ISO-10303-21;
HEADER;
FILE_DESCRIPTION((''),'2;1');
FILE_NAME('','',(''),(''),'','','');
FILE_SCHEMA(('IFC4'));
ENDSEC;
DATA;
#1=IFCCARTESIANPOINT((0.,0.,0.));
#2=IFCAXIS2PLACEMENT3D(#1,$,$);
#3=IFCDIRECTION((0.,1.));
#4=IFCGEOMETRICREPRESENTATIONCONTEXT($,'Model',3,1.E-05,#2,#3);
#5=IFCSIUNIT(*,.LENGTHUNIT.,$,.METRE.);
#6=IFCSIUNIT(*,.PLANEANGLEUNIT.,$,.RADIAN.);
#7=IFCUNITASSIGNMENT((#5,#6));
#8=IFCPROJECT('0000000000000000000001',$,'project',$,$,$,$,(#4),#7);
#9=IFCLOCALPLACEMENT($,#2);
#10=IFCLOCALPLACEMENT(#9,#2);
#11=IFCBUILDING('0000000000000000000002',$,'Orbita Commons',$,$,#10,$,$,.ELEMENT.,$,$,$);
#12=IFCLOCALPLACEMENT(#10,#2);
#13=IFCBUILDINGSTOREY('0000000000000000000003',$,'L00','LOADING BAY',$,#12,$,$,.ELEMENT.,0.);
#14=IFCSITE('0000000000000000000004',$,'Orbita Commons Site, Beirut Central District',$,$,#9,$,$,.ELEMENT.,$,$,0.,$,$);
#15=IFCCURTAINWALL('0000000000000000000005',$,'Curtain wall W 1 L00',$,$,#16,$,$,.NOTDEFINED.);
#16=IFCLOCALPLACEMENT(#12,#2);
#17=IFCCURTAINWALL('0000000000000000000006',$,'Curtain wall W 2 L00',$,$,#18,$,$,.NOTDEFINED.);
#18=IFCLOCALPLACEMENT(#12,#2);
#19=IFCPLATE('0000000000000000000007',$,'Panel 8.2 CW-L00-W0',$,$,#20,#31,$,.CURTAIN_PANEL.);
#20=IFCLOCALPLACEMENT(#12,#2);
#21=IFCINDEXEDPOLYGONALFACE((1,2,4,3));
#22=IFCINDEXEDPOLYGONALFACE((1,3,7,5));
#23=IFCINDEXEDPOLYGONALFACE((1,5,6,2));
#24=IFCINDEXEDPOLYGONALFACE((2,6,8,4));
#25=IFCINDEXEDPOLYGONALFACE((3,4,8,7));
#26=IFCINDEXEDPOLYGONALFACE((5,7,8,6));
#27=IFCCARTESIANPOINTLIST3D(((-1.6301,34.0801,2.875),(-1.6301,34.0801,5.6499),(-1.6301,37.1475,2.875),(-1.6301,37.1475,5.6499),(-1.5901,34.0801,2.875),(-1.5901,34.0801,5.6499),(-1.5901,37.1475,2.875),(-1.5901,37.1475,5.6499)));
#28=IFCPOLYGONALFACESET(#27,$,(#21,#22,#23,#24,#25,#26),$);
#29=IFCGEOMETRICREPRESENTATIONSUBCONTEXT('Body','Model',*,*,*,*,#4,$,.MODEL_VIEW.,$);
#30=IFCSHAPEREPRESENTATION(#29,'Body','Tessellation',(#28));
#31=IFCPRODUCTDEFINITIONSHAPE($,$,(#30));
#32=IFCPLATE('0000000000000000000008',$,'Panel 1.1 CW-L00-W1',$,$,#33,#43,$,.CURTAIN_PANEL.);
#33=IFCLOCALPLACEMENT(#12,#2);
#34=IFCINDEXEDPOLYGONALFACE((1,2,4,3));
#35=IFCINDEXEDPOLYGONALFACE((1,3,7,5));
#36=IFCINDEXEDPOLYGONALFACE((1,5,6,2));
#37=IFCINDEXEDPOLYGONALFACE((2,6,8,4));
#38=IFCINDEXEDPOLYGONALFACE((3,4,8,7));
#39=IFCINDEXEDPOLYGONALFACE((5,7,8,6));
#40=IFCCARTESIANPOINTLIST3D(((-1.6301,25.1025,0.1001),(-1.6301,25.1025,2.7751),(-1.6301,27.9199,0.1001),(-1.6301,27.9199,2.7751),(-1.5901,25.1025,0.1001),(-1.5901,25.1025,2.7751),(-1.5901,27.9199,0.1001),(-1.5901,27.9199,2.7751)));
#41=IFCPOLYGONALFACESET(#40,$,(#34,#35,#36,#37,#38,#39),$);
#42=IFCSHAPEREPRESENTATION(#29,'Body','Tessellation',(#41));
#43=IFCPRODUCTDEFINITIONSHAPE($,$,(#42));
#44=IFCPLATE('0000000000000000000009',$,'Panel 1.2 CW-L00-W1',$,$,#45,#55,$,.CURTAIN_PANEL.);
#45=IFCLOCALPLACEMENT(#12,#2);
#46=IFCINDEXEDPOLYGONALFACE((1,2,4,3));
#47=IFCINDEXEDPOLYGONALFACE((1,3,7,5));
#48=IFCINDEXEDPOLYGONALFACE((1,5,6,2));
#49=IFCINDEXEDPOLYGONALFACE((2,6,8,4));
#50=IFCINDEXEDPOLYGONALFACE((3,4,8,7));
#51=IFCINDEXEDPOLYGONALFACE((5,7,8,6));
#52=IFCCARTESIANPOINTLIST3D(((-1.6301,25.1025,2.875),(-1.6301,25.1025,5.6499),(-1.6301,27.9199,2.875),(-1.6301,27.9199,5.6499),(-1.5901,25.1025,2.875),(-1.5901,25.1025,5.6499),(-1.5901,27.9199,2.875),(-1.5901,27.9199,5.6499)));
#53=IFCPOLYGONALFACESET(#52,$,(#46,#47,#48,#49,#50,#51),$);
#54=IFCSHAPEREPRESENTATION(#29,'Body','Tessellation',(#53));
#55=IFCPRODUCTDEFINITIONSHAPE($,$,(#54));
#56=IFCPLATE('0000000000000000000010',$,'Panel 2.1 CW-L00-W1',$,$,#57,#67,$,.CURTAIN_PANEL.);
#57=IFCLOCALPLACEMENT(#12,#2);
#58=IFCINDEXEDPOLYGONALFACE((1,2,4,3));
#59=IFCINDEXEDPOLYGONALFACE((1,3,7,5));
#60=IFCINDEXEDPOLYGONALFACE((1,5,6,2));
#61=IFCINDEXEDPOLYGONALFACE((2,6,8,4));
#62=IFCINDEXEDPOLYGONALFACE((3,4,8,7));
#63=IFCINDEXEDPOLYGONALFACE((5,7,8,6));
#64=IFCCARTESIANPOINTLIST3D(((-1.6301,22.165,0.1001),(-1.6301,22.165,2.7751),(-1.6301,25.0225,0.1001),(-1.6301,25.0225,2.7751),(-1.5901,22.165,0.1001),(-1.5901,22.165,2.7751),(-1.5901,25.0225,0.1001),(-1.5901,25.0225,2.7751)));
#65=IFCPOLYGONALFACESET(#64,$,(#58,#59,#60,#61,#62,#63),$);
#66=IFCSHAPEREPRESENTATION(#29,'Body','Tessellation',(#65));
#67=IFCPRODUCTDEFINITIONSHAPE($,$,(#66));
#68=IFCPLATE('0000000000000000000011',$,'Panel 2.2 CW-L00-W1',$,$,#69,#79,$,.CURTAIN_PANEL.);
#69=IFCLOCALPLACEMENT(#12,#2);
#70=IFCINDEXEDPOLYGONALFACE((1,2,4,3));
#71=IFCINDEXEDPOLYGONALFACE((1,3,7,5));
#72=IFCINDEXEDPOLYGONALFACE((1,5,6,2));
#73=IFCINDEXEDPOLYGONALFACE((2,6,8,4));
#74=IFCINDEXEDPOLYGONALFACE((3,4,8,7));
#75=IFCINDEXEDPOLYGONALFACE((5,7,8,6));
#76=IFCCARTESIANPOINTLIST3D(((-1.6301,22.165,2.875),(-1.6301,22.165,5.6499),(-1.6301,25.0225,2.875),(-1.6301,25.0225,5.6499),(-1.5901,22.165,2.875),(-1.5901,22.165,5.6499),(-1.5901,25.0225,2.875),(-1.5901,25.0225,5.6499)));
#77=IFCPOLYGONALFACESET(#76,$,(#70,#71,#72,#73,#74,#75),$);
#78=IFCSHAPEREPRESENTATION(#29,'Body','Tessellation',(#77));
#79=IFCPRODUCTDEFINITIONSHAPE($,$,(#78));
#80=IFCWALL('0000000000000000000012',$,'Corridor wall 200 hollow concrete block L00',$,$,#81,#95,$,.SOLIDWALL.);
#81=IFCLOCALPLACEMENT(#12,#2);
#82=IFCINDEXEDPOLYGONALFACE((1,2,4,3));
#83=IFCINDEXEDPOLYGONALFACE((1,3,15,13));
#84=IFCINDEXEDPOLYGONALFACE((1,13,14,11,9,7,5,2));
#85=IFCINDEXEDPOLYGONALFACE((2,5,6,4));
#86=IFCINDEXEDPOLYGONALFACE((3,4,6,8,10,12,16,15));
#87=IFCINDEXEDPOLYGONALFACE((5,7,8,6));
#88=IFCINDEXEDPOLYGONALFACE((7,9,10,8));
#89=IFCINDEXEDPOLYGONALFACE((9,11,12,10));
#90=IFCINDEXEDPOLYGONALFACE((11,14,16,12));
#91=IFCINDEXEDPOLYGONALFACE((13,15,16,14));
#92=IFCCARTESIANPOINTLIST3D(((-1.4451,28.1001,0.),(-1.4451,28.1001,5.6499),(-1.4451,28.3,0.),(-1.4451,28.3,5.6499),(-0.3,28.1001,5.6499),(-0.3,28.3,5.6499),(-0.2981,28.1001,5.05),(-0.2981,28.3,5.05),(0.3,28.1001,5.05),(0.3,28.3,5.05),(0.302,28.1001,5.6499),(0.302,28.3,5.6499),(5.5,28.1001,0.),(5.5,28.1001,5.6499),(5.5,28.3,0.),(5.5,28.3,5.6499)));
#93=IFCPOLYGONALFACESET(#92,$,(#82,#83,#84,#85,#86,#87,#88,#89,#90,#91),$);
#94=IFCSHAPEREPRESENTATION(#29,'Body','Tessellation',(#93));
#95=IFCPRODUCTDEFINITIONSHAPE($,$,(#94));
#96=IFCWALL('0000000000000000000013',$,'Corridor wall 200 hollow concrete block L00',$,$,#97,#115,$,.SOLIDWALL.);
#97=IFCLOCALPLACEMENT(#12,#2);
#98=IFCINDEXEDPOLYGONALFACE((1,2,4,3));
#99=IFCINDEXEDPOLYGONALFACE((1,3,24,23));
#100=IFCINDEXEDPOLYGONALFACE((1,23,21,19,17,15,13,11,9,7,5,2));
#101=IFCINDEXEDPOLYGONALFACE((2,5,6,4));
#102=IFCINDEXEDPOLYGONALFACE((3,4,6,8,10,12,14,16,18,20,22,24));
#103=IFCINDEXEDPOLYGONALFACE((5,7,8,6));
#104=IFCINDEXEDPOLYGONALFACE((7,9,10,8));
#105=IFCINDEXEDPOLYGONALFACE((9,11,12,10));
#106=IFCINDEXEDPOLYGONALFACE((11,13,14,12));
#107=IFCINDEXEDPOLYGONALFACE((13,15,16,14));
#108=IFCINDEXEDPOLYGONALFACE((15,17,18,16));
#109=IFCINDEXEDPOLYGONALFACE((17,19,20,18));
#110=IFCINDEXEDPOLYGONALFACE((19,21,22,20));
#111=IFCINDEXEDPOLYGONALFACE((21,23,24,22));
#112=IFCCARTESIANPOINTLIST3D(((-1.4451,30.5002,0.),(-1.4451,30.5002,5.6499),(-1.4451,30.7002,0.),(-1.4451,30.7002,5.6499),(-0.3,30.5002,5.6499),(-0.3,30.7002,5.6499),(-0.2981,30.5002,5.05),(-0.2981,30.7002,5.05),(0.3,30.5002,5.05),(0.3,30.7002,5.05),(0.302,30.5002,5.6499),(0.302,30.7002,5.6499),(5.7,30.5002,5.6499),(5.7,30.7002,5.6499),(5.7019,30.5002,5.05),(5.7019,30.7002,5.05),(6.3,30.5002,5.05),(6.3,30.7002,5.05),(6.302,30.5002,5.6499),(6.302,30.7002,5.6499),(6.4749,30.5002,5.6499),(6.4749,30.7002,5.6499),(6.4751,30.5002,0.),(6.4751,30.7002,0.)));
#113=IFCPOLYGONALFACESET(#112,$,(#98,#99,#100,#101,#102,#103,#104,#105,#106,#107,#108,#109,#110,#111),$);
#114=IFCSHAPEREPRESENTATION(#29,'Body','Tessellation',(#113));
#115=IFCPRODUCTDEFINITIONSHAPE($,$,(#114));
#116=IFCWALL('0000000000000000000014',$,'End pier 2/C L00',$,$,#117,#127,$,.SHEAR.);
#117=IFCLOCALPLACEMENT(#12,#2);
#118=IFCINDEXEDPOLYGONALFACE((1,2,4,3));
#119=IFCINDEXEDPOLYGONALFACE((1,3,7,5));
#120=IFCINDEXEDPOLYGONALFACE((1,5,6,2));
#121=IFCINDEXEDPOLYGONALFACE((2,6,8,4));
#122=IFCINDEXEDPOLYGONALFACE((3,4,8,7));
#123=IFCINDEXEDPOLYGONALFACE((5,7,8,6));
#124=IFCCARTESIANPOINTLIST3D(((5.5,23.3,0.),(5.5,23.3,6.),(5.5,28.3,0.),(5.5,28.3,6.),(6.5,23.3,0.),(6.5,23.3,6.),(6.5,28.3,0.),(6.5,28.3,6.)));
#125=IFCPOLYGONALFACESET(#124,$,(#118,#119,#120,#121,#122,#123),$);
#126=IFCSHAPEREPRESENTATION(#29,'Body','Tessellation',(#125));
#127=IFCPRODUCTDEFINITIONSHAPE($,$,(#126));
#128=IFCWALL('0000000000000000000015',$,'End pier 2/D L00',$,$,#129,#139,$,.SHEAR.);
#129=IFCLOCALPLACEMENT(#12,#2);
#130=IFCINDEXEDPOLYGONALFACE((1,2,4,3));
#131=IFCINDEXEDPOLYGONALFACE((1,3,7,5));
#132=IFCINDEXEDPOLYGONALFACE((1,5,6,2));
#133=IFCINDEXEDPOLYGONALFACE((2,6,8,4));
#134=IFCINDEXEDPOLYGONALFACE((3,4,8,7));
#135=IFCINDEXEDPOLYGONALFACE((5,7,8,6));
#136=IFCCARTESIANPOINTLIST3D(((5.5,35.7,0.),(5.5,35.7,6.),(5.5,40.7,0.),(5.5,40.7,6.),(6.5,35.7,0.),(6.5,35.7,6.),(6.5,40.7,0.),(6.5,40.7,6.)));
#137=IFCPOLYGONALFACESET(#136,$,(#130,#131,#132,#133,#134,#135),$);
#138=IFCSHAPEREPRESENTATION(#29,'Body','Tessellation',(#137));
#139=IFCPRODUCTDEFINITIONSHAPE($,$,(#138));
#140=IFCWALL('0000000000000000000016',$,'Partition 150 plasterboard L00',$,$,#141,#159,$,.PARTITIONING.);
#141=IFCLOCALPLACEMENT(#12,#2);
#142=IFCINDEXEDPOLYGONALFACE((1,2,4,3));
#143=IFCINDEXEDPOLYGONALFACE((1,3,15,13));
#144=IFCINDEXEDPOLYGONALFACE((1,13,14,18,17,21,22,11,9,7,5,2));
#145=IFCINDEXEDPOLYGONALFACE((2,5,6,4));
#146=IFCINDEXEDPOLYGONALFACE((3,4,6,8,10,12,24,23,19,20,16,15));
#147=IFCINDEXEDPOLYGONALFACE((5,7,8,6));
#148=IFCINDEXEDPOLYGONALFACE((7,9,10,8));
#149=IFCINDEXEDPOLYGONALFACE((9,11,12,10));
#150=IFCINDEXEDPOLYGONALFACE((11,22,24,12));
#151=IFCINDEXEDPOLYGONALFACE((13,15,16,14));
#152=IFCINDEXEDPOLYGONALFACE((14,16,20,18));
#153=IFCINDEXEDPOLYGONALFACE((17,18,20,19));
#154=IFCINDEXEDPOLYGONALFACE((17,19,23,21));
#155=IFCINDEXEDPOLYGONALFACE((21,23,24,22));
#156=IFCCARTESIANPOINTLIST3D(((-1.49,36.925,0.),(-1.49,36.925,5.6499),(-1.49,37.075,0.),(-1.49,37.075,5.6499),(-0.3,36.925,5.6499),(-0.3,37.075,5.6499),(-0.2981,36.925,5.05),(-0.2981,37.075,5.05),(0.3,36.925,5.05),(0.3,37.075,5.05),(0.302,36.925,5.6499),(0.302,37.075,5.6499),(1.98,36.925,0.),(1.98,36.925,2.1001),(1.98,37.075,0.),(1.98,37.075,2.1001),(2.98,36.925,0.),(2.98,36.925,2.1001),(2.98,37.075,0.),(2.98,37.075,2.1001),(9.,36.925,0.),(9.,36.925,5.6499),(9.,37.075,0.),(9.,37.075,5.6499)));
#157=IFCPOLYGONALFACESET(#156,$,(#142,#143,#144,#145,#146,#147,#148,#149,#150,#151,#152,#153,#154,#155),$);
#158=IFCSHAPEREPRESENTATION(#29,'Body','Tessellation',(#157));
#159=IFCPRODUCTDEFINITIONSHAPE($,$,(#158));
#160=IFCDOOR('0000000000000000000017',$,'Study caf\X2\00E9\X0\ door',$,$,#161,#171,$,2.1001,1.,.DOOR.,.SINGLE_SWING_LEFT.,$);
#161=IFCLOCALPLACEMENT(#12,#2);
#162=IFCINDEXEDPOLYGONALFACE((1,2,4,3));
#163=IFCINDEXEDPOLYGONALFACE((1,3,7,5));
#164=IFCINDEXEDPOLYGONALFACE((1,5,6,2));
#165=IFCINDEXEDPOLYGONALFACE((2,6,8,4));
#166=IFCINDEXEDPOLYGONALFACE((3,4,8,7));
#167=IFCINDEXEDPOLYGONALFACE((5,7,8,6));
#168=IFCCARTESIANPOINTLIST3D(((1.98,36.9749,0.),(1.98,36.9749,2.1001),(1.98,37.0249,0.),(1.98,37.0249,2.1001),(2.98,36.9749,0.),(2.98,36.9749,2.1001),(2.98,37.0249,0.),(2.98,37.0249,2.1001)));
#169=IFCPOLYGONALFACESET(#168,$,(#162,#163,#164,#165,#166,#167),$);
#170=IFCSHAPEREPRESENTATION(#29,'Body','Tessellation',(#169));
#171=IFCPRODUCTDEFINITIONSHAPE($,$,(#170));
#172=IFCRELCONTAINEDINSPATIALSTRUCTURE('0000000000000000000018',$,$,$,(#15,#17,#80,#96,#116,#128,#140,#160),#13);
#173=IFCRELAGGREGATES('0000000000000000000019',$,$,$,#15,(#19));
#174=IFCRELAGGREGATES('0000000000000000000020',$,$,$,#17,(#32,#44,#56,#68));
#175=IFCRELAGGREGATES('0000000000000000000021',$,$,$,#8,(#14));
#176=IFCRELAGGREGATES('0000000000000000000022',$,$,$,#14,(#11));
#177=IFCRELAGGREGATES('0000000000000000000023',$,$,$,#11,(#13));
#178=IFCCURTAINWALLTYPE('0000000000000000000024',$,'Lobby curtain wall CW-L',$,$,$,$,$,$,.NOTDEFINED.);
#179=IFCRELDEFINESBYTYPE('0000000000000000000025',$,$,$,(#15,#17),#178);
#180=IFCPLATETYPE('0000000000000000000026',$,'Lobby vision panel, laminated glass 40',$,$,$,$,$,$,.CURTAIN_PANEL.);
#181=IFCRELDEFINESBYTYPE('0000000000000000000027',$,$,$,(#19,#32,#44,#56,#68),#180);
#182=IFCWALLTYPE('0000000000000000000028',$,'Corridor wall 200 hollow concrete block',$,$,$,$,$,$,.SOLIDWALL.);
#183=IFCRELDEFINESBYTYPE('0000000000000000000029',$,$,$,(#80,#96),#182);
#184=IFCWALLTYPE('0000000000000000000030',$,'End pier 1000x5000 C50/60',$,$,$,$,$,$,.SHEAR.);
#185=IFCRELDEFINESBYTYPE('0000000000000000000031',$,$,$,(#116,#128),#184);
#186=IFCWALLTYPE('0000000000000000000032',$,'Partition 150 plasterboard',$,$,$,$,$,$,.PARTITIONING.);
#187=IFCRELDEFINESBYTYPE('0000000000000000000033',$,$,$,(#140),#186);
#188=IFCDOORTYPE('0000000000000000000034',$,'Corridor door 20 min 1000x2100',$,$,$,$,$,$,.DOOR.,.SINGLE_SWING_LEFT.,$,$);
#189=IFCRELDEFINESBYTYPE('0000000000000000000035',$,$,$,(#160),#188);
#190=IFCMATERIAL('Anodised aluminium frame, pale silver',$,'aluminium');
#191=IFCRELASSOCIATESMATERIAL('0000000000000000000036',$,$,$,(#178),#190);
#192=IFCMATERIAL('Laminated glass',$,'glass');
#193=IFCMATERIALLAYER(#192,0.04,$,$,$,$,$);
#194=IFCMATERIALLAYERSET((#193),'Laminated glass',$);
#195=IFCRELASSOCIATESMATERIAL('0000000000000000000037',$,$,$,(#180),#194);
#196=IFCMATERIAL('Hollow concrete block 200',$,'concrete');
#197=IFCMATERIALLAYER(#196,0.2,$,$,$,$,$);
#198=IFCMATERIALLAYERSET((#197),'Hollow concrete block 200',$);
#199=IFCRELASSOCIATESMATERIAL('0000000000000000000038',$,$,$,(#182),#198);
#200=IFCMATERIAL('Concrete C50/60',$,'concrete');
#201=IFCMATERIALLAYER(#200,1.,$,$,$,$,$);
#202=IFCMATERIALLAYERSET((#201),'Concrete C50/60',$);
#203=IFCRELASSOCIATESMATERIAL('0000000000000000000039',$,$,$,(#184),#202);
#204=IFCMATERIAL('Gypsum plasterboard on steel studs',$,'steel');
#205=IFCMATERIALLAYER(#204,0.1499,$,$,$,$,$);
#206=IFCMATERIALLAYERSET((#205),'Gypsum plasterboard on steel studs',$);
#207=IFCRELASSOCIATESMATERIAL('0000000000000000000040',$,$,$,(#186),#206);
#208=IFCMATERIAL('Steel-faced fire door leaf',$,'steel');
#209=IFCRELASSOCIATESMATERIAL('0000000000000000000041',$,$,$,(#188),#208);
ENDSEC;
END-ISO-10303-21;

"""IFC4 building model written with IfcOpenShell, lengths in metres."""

from ifc_helpers import new_model, si_unit, direction, frame, frame_2d, origin, origin_2d, place, context, subcontext, project, spatial, polyline, rectangle, outline, extrude, material, layer, layer_set, type_object, element, fill, aggregate, save


model = new_model("IFC4")

# Units and contexts
model_context = context("Model", 3, precision=1e-05, world=origin(), true_north=direction((0.0, 1.0)))
body_context = subcontext(model_context, "Body", "Model", "MODEL_VIEW")
ifc_project = project(units=[si_unit("LENGTHUNIT", "METRE"), si_unit("PLANEANGLEUNIT", "RADIAN")], contexts=[model_context])

# Site, building, storey
site_placement = place(None, origin())
site = spatial("IfcSite", under=ifc_project, at=site_placement, Name="Orbita Commons Site, Beirut Central District", CompositionType="ELEMENT", RefElevation=0.0)
building_placement = place(site_placement, origin())
building = spatial("IfcBuilding", under=site, at=building_placement, Name="Orbita Commons", CompositionType="ELEMENT")
storey_placement = place(building_placement, origin())
storey = spatial("IfcBuildingStorey", under=building, at=storey_placement, Name="L00", Description="LOADING BAY", CompositionType="ELEMENT", Elevation=0.0)

# Curtain wall
ifc_material_1 = material(Name="Anodised aluminium frame, pale silver", Category="aluminium")
curtain_wall_type = type_object("IfcCurtainWallType", Name="Lobby curtain wall CW-L", PredefinedType="NOTDEFINED", material=ifc_material_1)
curtain_wall_1_placement = place(storey_placement, origin())
curtain_wall_1 = element("IfcCurtainWall", 1, at=curtain_wall_1_placement, inside=storey, type_object=curtain_wall_type, Name="Curtain wall W 1 L00", PredefinedType="NOTDEFINED")

# Curtain wall
curtain_wall_2_placement = place(storey_placement, origin())
curtain_wall_2 = element("IfcCurtainWall", 2, at=curtain_wall_2_placement, inside=storey, type_object=curtain_wall_type, Name="Curtain wall W 2 L00", PredefinedType="NOTDEFINED")

# Plates
ifc_material_2 = material(Name="Laminated glass", Category="glass")
ifc_layer_1 = layer(ifc_material_2, 0.04)
ifc_layer_set_1 = layer_set([ifc_layer_1], Name="Laminated glass")
plate_type = type_object("IfcPlateType", Name="Lobby vision panel, laminated glass 40", PredefinedType="CURTAIN_PANEL", material=ifc_layer_set_1)
plate_1_placement = place(storey_placement, frame((-1.6101, 35.6138, 2.875), z_axis=(0.0, 0.0, 1.0), x_axis=(0.0, -1.0, 0.0)))
plate_1 = element("IfcPlate", 3, at=plate_1_placement, type_object=plate_type, Name="Panel 8.2 CW-L00-W0", PredefinedType="CURTAIN_PANEL", context=body_context, shape_type="SweptSolid", body=[
    extrude(rectangle(XDim=3.0674, YDim=0.04, at=origin_2d()), origin(), (0.0, 0.0, 1.0), 2.7749),
])
aggregate(curtain_wall_1, [plate_1])
plate_2_placement = place(storey_placement, frame((-1.6101, 26.5112, 0.1001), z_axis=(0.0, 0.0, 1.0), x_axis=(0.0, -1.0, 0.0)))
plate_2 = element("IfcPlate", 4, at=plate_2_placement, type_object=plate_type, Name="Panel 1.1 CW-L00-W1", PredefinedType="CURTAIN_PANEL", context=body_context, shape_type="SweptSolid", body=[
    extrude(rectangle(XDim=2.8174, YDim=0.04, at=origin_2d()), origin(), (0.0, 0.0, 1.0), 2.675),
])
plate_3_placement = place(storey_placement, frame((-1.6101, 26.5112, 2.875), z_axis=(0.0, 0.0, 1.0), x_axis=(0.0, -1.0, 0.0)))
plate_3 = element("IfcPlate", 5, at=plate_3_placement, type_object=plate_type, Name="Panel 1.2 CW-L00-W1", PredefinedType="CURTAIN_PANEL", context=body_context, shape_type="SweptSolid", body=[
    extrude(rectangle(XDim=2.8174, YDim=0.04, at=origin_2d()), origin(), (0.0, 0.0, 1.0), 2.7749),
])
plate_4_placement = place(storey_placement, frame((-1.6101, 23.5938, 0.1001), z_axis=(0.0, 0.0, 1.0), x_axis=(0.0, -1.0, 0.0)))
plate_4 = element("IfcPlate", 6, at=plate_4_placement, type_object=plate_type, Name="Panel 2.1 CW-L00-W1", PredefinedType="CURTAIN_PANEL", context=body_context, shape_type="SweptSolid", body=[
    extrude(rectangle(XDim=2.8574, YDim=0.04, at=origin_2d()), origin(), (0.0, 0.0, 1.0), 2.675),
])
plate_5_placement = place(storey_placement, frame((-1.6101, 23.5938, 2.875), z_axis=(0.0, 0.0, 1.0), x_axis=(0.0, -1.0, 0.0)))
plate_5 = element("IfcPlate", 7, at=plate_5_placement, type_object=plate_type, Name="Panel 2.2 CW-L00-W1", PredefinedType="CURTAIN_PANEL", context=body_context, shape_type="SweptSolid", body=[
    extrude(rectangle(XDim=2.8574, YDim=0.04, at=origin_2d()), origin(), (0.0, 0.0, 1.0), 2.7749),
])
aggregate(curtain_wall_2, [plate_2, plate_3, plate_4, plate_5])

# Walls
ifc_material_3 = material(Name="Hollow concrete block 200", Category="concrete")
ifc_layer_2 = layer(ifc_material_3, 0.2)
ifc_layer_set_2 = layer_set([ifc_layer_2], Name="Hollow concrete block 200")
wall_type_1 = type_object("IfcWallType", Name="Corridor wall 200 hollow concrete block", PredefinedType="SOLIDWALL", material=ifc_layer_set_2)
wall_1_placement = place(storey_placement, frame((-1.4451, 28.2, 0.0), z_axis=(0.0, 0.0, 1.0), x_axis=(1.0, 0.0, 0.0)))
element("IfcWall", 8, at=wall_1_placement, inside=storey, type_object=wall_type_1, Name="Corridor wall 200 hollow concrete block L00", PredefinedType="SOLIDWALL", context=body_context, shape_type="SweptSolid", body=[
    extrude(outline(polyline([(0.0, 0.0), (6.9451, 0.0), (6.9451, 5.6499), (1.7471, 5.6499), (1.7451, 5.05), (1.147, 5.05), (1.145, 5.6499), (0.0, 5.6499), (0.0, 0.0)])), frame((0.0, 0.1001, 0.0), z_axis=(0.0, -1.0, 0.0), x_axis=(1.0, 0.0, 0.0)), (0.0, 0.0, 1.0), 0.2),
])
wall_2_placement = place(storey_placement, frame((-1.4451, 30.6001, 0.0), z_axis=(0.0, 0.0, 1.0), x_axis=(1.0, 0.0, 0.0)))
element("IfcWall", 9, at=wall_2_placement, inside=storey, type_object=wall_type_1, Name="Corridor wall 200 hollow concrete block L00", PredefinedType="SOLIDWALL", context=body_context, shape_type="SweptSolid", body=[
    extrude(outline(polyline([(0.0, 0.0), (7.9202, 0.0), (7.9199, 5.6499), (7.7471, 5.6499), (7.7451, 5.05), (7.147, 5.05), (7.145, 5.6499), (1.7471, 5.6499), (1.7451, 5.05), (1.147, 5.05), (1.145, 5.6499), (0.0, 5.6499), (0.0, 0.0)])), frame((0.0, 0.1001, 0.0), z_axis=(0.0, -1.0, 0.0), x_axis=(1.0, 0.0, 0.0)), (0.0, 0.0, 1.0), 0.2),
])
ifc_material_4 = material(Name="Concrete C50/60", Category="concrete")
ifc_layer_3 = layer(ifc_material_4, 1.0)
ifc_layer_set_3 = layer_set([ifc_layer_3], Name="Concrete C50/60")
wall_type_2 = type_object("IfcWallType", Name="End pier 1000x5000 C50/60", PredefinedType="SHEAR", material=ifc_layer_set_3)
for number, where, z_axis, x_axis, name in (
    (10, (6.0, 23.3, 0.0), (0.0, 0.0, 1.0), (0.0, 1.0, 0.0), "End pier 2/C L00"),
    (11, (6.0, 35.7, 0.0), (0.0, 0.0, 1.0), (0.0, 1.0, 0.0), "End pier 2/D L00"),
):
    element("IfcWall", number, at=place(storey_placement, frame(where, z_axis=z_axis, x_axis=x_axis)), inside=storey, type_object=wall_type_2, Name=name, PredefinedType="SHEAR", context=body_context, shape_type="SweptSolid", body=[
        extrude(rectangle(XDim=5.0, YDim=1.0, at=frame_2d((2.5, 0.0))), origin(), (0.0, 0.0, 1.0), 6.0),
    ])

# Wall, opening, door
ifc_material_5 = material(Name="Gypsum plasterboard on steel studs", Category="steel")
ifc_layer_4 = layer(ifc_material_5, 0.1499)
ifc_layer_set_4 = layer_set([ifc_layer_4], Name="Gypsum plasterboard on steel studs")
wall_type_3 = type_object("IfcWallType", Name="Partition 150 plasterboard", PredefinedType="PARTITIONING", material=ifc_layer_set_4)
wall_3_placement = place(storey_placement, frame((-1.49, 37.0, 0.0), z_axis=(0.0, 0.0, 1.0), x_axis=(1.0, 0.0, 0.0)))
wall_3 = element("IfcWall", 12, at=wall_3_placement, inside=storey, type_object=wall_type_3, Name="Partition 150 plasterboard L00", PredefinedType="PARTITIONING", context=body_context, shape_type="SweptSolid", body=[
    extrude(outline(polyline([(0.0, 0.0), (10.49, 0.0), (10.49, 5.6499), (1.792, 5.6499), (1.79, 5.05), (1.1919, 5.05), (1.1899, 5.6499), (0.0, 5.6499), (0.0, 0.0)])), frame((0.0, 0.075, 0.0), z_axis=(0.0, -1.0, 0.0), x_axis=(1.0, 0.0, 0.0)), (0.0, 0.0, 1.0), 0.1499),
])
opening_1_placement = place(wall_3_placement, frame((3.47, 0.0, 0.0)))
opening_1 = element("IfcOpeningElement", 13, at=opening_1_placement, cuts=wall_3, PredefinedType="OPENING", context=body_context, shape_type="SweptSolid", body=[
    extrude(rectangle(XDim=1.0, YDim=2.1001, at=frame_2d((0.5, 1.05))), frame((0.0, 0.085, 0.0), z_axis=(0.0, -1.0, 0.0), x_axis=(1.0, 0.0, 0.0)), (0.0, 0.0, 1.0), 0.1699),
])
ifc_material_6 = material(Name="Steel-faced fire door leaf", Category="steel")
door_type_1 = type_object("IfcDoorType", Name="Corridor door 20 min 1000x2100", OperationType="SINGLE_SWING_LEFT", PredefinedType="DOOR", material=ifc_material_6)
door_1_placement = place(opening_1_placement, origin())
door_1 = element("IfcDoor", 14, at=door_1_placement, inside=storey, type_object=door_type_1, Name="Study café door", OperationType="SINGLE_SWING_LEFT", OverallHeight=2.1001, OverallWidth=1.0, PredefinedType="DOOR", context=body_context, shape_type="SweptSolid", body=[
    extrude(rectangle(XDim=1.0, YDim=2.1001, at=frame_2d((0.5, 1.05))), frame((0.0, 0.0249, 0.0), z_axis=(0.0, -1.0, 0.0), x_axis=(1.0, 0.0, 0.0)), (0.0, 0.0, 1.0), 0.05),
])
fill(opening_1, door_1)

save(model, "model.ifc")
